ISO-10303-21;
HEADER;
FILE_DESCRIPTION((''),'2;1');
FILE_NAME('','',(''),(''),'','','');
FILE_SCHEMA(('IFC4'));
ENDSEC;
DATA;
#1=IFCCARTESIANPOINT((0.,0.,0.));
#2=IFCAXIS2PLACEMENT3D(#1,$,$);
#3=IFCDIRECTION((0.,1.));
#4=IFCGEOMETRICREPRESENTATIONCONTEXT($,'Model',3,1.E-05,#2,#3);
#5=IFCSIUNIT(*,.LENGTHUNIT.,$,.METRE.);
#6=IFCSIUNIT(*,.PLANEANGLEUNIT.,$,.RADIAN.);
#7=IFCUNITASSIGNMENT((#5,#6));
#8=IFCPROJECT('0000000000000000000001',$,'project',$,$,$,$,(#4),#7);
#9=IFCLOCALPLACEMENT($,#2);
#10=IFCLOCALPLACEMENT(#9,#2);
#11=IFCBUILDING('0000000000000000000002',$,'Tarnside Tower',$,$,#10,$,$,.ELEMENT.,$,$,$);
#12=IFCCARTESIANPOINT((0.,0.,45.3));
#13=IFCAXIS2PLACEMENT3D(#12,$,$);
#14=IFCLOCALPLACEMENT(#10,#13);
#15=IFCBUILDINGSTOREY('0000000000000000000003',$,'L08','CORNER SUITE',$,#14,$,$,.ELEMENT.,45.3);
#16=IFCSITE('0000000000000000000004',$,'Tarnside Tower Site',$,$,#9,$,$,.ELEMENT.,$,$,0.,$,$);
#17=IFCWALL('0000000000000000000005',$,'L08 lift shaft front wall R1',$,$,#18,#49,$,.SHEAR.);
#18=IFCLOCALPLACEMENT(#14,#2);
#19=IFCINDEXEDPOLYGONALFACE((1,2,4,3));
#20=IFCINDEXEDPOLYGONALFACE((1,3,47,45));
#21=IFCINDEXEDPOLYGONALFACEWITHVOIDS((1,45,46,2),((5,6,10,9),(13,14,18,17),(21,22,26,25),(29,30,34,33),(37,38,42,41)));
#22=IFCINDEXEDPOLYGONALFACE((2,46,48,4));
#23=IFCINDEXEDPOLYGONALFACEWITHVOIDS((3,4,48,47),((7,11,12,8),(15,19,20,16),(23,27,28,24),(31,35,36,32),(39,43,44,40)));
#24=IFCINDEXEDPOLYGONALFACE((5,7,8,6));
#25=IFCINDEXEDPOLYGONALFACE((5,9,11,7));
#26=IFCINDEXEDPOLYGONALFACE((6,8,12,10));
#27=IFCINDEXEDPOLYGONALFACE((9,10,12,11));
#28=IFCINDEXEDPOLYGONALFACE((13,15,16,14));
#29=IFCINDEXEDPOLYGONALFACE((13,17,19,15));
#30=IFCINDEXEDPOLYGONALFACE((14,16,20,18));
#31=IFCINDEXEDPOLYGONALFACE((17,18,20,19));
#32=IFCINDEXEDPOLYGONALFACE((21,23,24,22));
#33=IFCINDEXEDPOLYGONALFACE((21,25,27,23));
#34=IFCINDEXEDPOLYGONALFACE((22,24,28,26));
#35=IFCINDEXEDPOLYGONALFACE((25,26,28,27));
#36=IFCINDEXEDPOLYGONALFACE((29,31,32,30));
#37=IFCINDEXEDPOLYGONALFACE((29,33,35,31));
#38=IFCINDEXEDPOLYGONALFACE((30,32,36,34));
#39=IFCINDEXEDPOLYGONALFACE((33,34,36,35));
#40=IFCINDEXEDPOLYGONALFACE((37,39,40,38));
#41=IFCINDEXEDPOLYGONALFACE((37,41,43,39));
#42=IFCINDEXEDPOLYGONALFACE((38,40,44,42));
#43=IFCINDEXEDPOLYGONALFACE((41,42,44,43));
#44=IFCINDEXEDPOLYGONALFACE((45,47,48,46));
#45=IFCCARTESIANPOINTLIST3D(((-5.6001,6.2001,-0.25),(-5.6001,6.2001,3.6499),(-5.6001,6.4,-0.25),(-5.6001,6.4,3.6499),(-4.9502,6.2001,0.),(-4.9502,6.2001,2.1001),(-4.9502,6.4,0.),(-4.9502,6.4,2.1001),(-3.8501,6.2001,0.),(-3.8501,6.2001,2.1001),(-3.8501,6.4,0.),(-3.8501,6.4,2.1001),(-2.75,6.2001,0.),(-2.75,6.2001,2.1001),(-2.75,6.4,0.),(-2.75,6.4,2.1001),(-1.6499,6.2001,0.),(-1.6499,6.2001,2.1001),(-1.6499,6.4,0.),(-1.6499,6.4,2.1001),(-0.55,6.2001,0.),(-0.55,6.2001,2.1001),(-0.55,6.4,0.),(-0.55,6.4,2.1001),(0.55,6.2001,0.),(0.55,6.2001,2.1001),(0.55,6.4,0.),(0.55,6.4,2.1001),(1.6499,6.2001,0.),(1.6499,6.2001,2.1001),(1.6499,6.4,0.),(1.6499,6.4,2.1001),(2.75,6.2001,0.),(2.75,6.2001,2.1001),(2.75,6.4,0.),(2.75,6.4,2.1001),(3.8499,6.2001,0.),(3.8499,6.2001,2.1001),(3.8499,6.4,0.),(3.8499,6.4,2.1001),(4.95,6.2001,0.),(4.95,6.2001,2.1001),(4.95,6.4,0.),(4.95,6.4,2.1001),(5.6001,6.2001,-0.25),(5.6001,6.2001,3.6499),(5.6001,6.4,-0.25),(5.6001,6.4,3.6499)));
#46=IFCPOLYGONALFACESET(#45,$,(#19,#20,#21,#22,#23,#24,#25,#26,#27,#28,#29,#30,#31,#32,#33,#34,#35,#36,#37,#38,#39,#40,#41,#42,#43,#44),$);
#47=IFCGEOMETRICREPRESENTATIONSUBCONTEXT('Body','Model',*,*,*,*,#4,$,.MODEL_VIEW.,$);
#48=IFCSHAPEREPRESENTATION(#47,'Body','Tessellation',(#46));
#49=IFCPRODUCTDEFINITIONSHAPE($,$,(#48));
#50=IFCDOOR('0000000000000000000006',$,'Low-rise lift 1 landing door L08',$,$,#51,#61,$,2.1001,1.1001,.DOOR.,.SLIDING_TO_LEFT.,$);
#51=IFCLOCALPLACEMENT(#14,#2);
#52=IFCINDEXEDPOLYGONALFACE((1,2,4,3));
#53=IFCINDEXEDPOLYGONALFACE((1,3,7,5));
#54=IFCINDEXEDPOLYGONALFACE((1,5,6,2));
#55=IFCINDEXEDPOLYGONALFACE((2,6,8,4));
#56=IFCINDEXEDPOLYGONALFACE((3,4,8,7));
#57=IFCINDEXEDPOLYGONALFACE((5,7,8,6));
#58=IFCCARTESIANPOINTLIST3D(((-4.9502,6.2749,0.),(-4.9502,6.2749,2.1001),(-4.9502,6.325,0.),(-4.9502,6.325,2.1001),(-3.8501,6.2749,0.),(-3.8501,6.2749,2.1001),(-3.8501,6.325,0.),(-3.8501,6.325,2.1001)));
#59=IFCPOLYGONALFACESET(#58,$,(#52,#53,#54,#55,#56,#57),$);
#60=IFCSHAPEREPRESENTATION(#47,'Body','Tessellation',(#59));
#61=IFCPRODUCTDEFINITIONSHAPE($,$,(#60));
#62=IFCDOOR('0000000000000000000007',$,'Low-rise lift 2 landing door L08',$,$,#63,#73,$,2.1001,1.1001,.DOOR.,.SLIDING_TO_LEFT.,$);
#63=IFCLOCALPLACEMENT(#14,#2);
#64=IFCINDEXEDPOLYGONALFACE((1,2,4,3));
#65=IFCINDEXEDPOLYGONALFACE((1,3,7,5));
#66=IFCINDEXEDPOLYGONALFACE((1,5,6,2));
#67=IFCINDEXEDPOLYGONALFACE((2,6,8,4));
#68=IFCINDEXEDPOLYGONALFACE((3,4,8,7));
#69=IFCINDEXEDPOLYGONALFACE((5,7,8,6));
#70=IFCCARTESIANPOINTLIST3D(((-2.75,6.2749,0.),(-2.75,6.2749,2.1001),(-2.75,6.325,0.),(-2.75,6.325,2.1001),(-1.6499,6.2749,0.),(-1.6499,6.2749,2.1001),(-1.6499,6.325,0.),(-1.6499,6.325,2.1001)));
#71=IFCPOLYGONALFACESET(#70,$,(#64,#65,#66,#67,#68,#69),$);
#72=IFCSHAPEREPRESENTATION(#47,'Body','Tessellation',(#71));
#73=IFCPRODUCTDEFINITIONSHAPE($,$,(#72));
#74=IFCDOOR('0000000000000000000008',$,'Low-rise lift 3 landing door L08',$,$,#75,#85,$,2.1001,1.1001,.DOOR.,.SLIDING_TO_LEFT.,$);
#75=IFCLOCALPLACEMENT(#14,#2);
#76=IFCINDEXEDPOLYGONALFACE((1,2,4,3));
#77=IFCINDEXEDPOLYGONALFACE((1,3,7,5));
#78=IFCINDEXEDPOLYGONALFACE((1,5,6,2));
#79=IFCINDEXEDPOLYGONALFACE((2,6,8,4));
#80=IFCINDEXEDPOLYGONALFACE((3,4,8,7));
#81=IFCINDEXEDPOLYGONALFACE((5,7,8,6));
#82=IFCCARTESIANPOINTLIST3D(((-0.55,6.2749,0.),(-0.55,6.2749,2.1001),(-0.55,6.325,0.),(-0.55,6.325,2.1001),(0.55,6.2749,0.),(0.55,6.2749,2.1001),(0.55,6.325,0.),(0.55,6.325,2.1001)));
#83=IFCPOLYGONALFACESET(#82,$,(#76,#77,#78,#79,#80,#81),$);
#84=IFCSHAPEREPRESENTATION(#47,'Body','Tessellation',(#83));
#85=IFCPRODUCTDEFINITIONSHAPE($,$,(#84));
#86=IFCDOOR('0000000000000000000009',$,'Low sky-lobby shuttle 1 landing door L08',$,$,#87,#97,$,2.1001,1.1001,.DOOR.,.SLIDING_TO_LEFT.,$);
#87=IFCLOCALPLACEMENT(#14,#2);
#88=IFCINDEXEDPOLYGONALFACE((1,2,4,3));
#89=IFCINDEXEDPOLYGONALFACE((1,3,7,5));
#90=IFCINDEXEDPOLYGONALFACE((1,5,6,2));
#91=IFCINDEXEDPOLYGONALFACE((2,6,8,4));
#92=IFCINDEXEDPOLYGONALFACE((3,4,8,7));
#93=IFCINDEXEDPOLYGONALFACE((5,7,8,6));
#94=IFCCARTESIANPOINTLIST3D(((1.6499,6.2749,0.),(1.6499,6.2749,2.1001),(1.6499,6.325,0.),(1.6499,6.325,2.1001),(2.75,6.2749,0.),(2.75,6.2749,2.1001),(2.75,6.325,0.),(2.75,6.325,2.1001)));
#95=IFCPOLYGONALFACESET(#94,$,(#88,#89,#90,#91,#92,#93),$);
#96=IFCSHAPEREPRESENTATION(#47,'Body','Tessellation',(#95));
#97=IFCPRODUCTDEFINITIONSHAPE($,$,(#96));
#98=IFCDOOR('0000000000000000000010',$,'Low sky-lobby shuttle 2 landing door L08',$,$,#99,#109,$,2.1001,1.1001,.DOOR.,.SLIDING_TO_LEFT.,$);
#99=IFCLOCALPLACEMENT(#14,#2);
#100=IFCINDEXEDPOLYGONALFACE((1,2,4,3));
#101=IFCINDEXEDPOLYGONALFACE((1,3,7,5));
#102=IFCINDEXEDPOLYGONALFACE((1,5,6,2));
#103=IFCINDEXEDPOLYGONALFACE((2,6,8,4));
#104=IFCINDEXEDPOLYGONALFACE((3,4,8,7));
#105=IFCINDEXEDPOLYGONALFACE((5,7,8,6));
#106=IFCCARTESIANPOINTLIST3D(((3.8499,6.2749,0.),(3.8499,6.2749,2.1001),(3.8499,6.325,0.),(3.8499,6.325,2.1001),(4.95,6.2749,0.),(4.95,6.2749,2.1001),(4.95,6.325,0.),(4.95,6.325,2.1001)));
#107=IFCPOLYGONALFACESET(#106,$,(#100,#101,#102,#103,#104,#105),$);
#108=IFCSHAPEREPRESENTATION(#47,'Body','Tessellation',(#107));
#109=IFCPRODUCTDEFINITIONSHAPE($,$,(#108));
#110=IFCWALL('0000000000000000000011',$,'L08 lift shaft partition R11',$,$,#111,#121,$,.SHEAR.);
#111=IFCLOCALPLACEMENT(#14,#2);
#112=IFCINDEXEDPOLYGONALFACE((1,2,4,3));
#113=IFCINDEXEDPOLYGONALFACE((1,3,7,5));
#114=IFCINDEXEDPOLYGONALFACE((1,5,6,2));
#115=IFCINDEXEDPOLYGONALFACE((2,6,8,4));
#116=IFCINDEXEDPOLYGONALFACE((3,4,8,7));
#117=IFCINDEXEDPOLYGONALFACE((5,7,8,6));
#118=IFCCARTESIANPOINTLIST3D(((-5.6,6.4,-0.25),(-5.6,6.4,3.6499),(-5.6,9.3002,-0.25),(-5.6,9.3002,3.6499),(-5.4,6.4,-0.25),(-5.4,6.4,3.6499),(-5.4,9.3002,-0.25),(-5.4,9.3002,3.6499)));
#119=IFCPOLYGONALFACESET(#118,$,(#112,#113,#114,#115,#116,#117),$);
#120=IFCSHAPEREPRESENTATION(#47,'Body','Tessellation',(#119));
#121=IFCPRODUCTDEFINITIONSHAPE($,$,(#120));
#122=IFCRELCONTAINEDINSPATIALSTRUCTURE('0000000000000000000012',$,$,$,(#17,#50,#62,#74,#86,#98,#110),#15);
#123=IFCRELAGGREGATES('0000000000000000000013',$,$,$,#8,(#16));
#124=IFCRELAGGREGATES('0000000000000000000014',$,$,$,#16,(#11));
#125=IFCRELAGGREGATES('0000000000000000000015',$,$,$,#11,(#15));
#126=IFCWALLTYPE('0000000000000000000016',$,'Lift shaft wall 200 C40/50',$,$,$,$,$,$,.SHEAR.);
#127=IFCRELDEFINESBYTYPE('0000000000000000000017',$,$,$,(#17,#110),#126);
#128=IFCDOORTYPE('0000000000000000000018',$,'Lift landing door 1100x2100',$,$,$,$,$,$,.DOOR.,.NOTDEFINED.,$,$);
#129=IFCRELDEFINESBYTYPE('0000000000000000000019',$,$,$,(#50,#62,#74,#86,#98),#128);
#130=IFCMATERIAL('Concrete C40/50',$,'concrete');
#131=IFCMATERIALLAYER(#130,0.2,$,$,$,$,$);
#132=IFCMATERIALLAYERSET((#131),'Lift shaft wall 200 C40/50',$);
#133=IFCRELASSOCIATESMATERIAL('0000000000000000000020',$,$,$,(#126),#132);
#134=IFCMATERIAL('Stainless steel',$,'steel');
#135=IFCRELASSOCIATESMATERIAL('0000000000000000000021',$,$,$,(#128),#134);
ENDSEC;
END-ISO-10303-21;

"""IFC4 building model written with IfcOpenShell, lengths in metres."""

from ifc_helpers import new_model, si_unit, direction, frame, frame_2d, origin, place, context, subcontext, project, spatial, rectangle, extrude, material, layer, layer_set, type_object, element, fill, save


model = new_model("IFC4")

# Units and contexts
model_context = context("Model", 3, precision=1e-05, world=origin(), true_north=direction((0.0, 1.0)))
body_context = subcontext(model_context, "Body", "Model", "MODEL_VIEW")
ifc_project = project(units=[si_unit("LENGTHUNIT", "METRE"), si_unit("PLANEANGLEUNIT", "RADIAN")], contexts=[model_context])

# Site, building, storey
site_placement = place(None, origin())
site = spatial("IfcSite", under=ifc_project, at=site_placement, Name="Tarnside Tower Site", CompositionType="ELEMENT", RefElevation=0.0)
building_placement = place(site_placement, origin())
building = spatial("IfcBuilding", under=site, at=building_placement, Name="Tarnside Tower", CompositionType="ELEMENT")
storey_placement = place(building_placement, frame((0.0, 0.0, 45.3)))
storey = spatial("IfcBuildingStorey", under=building, at=storey_placement, Name="L08", Description="CORNER SUITE", CompositionType="ELEMENT", Elevation=45.3)

# Shared definitions
ifc_material_1 = material(Name="Concrete C40/50", Category="concrete")

# Wall, openings, doors
ifc_layer_1 = layer(ifc_material_1, 0.2)
ifc_layer_set_1 = layer_set([ifc_layer_1], Name="Lift shaft wall 200 C40/50")
wall_type = type_object("IfcWallType", Name="Lift shaft wall 200 C40/50", PredefinedType="SHEAR", material=ifc_layer_set_1)
wall_1_placement = place(storey_placement, frame((-5.6001, 6.3, -0.25), z_axis=(0.0, 0.0, 1.0), x_axis=(1.0, 0.0, 0.0)))
wall_1 = element("IfcWall", 1, at=wall_1_placement, inside=storey, type_object=wall_type, Name="L08 lift shaft front wall R1", PredefinedType="SHEAR", context=body_context, shape_type="SweptSolid", body=[
    extrude(rectangle(XDim=11.2002, YDim=0.2, at=frame_2d((5.6001, 0.0))), origin(), (0.0, 0.0, 1.0), 3.8999),
])
opening_1_placement = place(wall_1_placement, frame((0.6499, 0.0, 0.25)))
opening_1 = element("IfcOpeningElement", 2, at=opening_1_placement, cuts=wall_1, PredefinedType="OPENING", context=body_context, shape_type="SweptSolid", body=[
    extrude(rectangle(XDim=1.1001, YDim=2.1001, at=frame_2d((0.55, 1.05))), frame((0.0, 0.1099, 0.0), z_axis=(0.0, -1.0, 0.0), x_axis=(1.0, 0.0, 0.0)), (0.0, 0.0, 1.0), 0.22),
])
opening_2_placement = place(wall_1_placement, frame((2.8501, 0.0, 0.25)))
opening_2 = element("IfcOpeningElement", 3, at=opening_2_placement, cuts=wall_1, PredefinedType="OPENING", context=body_context, shape_type="SweptSolid", body=[
    extrude(rectangle(XDim=1.1001, YDim=2.1001, at=frame_2d((0.55, 1.05))), frame((0.0, 0.1099, 0.0), z_axis=(0.0, -1.0, 0.0), x_axis=(1.0, 0.0, 0.0)), (0.0, 0.0, 1.0), 0.22),
])
opening_3_placement = place(wall_1_placement, frame((5.05, 0.0, 0.25)))
opening_3 = element("IfcOpeningElement", 4, at=opening_3_placement, cuts=wall_1, PredefinedType="OPENING", context=body_context, shape_type="SweptSolid", body=[
    extrude(rectangle(XDim=1.1001, YDim=2.1001, at=frame_2d((0.55, 1.05))), frame((0.0, 0.1099, 0.0), z_axis=(0.0, -1.0, 0.0), x_axis=(1.0, 0.0, 0.0)), (0.0, 0.0, 1.0), 0.22),
])
opening_4_placement = place(wall_1_placement, frame((7.25, 0.0, 0.25)))
opening_4 = element("IfcOpeningElement", 5, at=opening_4_placement, cuts=wall_1, PredefinedType="OPENING", context=body_context, shape_type="SweptSolid", body=[
    extrude(rectangle(XDim=1.1001, YDim=2.1001, at=frame_2d((0.55, 1.05))), frame((0.0, 0.1099, 0.0), z_axis=(0.0, -1.0, 0.0), x_axis=(1.0, 0.0, 0.0)), (0.0, 0.0, 1.0), 0.22),
])
opening_5_placement = place(wall_1_placement, frame((9.45, 0.0, 0.25)))
opening_5 = element("IfcOpeningElement", 6, at=opening_5_placement, cuts=wall_1, PredefinedType="OPENING", context=body_context, shape_type="SweptSolid", body=[
    extrude(rectangle(XDim=1.1001, YDim=2.1001, at=frame_2d((0.55, 1.05))), frame((0.0, 0.1099, 0.0), z_axis=(0.0, -1.0, 0.0), x_axis=(1.0, 0.0, 0.0)), (0.0, 0.0, 1.0), 0.22),
])
ifc_material_2 = material(Name="Stainless steel", Category="steel")
door_type = type_object("IfcDoorType", Name="Lift landing door 1100x2100", OperationType="NOTDEFINED", PredefinedType="DOOR", material=ifc_material_2)
door_1_placement = place(opening_1_placement, origin())
door_1 = element("IfcDoor", 7, at=door_1_placement, inside=storey, type_object=door_type, Name="Low-rise lift 1 landing door L08", OperationType="SLIDING_TO_LEFT", OverallHeight=2.1001, OverallWidth=1.1001, PredefinedType="DOOR", context=body_context, shape_type="SweptSolid", body=[
    extrude(rectangle(XDim=1.1001, YDim=2.1001, at=frame_2d((0.55, 1.05))), frame((0.0, 0.0249, 0.0), z_axis=(0.0, -1.0, 0.0), x_axis=(1.0, 0.0, 0.0)), (0.0, 0.0, 1.0), 0.05),
])
fill(opening_1, door_1)
door_2_placement = place(opening_2_placement, origin())
door_2 = element("IfcDoor", 8, at=door_2_placement, inside=storey, type_object=door_type, Name="Low-rise lift 2 landing door L08", OperationType="SLIDING_TO_LEFT", OverallHeight=2.1001, OverallWidth=1.1001, PredefinedType="DOOR", context=body_context, shape_type="SweptSolid", body=[
    extrude(rectangle(XDim=1.1001, YDim=2.1001, at=frame_2d((0.55, 1.05))), frame((0.0, 0.0249, 0.0), z_axis=(0.0, -1.0, 0.0), x_axis=(1.0, 0.0, 0.0)), (0.0, 0.0, 1.0), 0.05),
])
fill(opening_2, door_2)
door_3_placement = place(opening_3_placement, origin())
door_3 = element("IfcDoor", 9, at=door_3_placement, inside=storey, type_object=door_type, Name="Low-rise lift 3 landing door L08", OperationType="SLIDING_TO_LEFT", OverallHeight=2.1001, OverallWidth=1.1001, PredefinedType="DOOR", context=body_context, shape_type="SweptSolid", body=[
    extrude(rectangle(XDim=1.1001, YDim=2.1001, at=frame_2d((0.55, 1.05))), frame((0.0, 0.0249, 0.0), z_axis=(0.0, -1.0, 0.0), x_axis=(1.0, 0.0, 0.0)), (0.0, 0.0, 1.0), 0.05),
])
fill(opening_3, door_3)
door_4_placement = place(opening_4_placement, origin())
door_4 = element("IfcDoor", 10, at=door_4_placement, inside=storey, type_object=door_type, Name="Low sky-lobby shuttle 1 landing door L08", OperationType="SLIDING_TO_LEFT", OverallHeight=2.1001, OverallWidth=1.1001, PredefinedType="DOOR", context=body_context, shape_type="SweptSolid", body=[
    extrude(rectangle(XDim=1.1001, YDim=2.1001, at=frame_2d((0.55, 1.05))), frame((0.0, 0.0249, 0.0), z_axis=(0.0, -1.0, 0.0), x_axis=(1.0, 0.0, 0.0)), (0.0, 0.0, 1.0), 0.05),
])
fill(opening_4, door_4)
door_5_placement = place(opening_5_placement, origin())
door_5 = element("IfcDoor", 11, at=door_5_placement, inside=storey, type_object=door_type, Name="Low sky-lobby shuttle 2 landing door L08", OperationType="SLIDING_TO_LEFT", OverallHeight=2.1001, OverallWidth=1.1001, PredefinedType="DOOR", context=body_context, shape_type="SweptSolid", body=[
    extrude(rectangle(XDim=1.1001, YDim=2.1001, at=frame_2d((0.55, 1.05))), frame((0.0, 0.0249, 0.0), z_axis=(0.0, -1.0, 0.0), x_axis=(1.0, 0.0, 0.0)), (0.0, 0.0, 1.0), 0.05),
])
fill(opening_5, door_5)

# Wall
wall_2_placement = place(storey_placement, frame((-5.5, 6.3999, -0.25), z_axis=(0.0, 0.0, 1.0), x_axis=(0.0, 1.0, 0.0)))
element("IfcWall", 12, at=wall_2_placement, inside=storey, type_object=wall_type, Name="L08 lift shaft partition R11", PredefinedType="SHEAR", context=body_context, shape_type="SweptSolid", body=[
    extrude(rectangle(XDim=2.9001, YDim=0.2, at=frame_2d((1.4502, 0.0))), origin(), (0.0, 0.0, 1.0), 3.8999),
])

save(model, "model.ifc")
